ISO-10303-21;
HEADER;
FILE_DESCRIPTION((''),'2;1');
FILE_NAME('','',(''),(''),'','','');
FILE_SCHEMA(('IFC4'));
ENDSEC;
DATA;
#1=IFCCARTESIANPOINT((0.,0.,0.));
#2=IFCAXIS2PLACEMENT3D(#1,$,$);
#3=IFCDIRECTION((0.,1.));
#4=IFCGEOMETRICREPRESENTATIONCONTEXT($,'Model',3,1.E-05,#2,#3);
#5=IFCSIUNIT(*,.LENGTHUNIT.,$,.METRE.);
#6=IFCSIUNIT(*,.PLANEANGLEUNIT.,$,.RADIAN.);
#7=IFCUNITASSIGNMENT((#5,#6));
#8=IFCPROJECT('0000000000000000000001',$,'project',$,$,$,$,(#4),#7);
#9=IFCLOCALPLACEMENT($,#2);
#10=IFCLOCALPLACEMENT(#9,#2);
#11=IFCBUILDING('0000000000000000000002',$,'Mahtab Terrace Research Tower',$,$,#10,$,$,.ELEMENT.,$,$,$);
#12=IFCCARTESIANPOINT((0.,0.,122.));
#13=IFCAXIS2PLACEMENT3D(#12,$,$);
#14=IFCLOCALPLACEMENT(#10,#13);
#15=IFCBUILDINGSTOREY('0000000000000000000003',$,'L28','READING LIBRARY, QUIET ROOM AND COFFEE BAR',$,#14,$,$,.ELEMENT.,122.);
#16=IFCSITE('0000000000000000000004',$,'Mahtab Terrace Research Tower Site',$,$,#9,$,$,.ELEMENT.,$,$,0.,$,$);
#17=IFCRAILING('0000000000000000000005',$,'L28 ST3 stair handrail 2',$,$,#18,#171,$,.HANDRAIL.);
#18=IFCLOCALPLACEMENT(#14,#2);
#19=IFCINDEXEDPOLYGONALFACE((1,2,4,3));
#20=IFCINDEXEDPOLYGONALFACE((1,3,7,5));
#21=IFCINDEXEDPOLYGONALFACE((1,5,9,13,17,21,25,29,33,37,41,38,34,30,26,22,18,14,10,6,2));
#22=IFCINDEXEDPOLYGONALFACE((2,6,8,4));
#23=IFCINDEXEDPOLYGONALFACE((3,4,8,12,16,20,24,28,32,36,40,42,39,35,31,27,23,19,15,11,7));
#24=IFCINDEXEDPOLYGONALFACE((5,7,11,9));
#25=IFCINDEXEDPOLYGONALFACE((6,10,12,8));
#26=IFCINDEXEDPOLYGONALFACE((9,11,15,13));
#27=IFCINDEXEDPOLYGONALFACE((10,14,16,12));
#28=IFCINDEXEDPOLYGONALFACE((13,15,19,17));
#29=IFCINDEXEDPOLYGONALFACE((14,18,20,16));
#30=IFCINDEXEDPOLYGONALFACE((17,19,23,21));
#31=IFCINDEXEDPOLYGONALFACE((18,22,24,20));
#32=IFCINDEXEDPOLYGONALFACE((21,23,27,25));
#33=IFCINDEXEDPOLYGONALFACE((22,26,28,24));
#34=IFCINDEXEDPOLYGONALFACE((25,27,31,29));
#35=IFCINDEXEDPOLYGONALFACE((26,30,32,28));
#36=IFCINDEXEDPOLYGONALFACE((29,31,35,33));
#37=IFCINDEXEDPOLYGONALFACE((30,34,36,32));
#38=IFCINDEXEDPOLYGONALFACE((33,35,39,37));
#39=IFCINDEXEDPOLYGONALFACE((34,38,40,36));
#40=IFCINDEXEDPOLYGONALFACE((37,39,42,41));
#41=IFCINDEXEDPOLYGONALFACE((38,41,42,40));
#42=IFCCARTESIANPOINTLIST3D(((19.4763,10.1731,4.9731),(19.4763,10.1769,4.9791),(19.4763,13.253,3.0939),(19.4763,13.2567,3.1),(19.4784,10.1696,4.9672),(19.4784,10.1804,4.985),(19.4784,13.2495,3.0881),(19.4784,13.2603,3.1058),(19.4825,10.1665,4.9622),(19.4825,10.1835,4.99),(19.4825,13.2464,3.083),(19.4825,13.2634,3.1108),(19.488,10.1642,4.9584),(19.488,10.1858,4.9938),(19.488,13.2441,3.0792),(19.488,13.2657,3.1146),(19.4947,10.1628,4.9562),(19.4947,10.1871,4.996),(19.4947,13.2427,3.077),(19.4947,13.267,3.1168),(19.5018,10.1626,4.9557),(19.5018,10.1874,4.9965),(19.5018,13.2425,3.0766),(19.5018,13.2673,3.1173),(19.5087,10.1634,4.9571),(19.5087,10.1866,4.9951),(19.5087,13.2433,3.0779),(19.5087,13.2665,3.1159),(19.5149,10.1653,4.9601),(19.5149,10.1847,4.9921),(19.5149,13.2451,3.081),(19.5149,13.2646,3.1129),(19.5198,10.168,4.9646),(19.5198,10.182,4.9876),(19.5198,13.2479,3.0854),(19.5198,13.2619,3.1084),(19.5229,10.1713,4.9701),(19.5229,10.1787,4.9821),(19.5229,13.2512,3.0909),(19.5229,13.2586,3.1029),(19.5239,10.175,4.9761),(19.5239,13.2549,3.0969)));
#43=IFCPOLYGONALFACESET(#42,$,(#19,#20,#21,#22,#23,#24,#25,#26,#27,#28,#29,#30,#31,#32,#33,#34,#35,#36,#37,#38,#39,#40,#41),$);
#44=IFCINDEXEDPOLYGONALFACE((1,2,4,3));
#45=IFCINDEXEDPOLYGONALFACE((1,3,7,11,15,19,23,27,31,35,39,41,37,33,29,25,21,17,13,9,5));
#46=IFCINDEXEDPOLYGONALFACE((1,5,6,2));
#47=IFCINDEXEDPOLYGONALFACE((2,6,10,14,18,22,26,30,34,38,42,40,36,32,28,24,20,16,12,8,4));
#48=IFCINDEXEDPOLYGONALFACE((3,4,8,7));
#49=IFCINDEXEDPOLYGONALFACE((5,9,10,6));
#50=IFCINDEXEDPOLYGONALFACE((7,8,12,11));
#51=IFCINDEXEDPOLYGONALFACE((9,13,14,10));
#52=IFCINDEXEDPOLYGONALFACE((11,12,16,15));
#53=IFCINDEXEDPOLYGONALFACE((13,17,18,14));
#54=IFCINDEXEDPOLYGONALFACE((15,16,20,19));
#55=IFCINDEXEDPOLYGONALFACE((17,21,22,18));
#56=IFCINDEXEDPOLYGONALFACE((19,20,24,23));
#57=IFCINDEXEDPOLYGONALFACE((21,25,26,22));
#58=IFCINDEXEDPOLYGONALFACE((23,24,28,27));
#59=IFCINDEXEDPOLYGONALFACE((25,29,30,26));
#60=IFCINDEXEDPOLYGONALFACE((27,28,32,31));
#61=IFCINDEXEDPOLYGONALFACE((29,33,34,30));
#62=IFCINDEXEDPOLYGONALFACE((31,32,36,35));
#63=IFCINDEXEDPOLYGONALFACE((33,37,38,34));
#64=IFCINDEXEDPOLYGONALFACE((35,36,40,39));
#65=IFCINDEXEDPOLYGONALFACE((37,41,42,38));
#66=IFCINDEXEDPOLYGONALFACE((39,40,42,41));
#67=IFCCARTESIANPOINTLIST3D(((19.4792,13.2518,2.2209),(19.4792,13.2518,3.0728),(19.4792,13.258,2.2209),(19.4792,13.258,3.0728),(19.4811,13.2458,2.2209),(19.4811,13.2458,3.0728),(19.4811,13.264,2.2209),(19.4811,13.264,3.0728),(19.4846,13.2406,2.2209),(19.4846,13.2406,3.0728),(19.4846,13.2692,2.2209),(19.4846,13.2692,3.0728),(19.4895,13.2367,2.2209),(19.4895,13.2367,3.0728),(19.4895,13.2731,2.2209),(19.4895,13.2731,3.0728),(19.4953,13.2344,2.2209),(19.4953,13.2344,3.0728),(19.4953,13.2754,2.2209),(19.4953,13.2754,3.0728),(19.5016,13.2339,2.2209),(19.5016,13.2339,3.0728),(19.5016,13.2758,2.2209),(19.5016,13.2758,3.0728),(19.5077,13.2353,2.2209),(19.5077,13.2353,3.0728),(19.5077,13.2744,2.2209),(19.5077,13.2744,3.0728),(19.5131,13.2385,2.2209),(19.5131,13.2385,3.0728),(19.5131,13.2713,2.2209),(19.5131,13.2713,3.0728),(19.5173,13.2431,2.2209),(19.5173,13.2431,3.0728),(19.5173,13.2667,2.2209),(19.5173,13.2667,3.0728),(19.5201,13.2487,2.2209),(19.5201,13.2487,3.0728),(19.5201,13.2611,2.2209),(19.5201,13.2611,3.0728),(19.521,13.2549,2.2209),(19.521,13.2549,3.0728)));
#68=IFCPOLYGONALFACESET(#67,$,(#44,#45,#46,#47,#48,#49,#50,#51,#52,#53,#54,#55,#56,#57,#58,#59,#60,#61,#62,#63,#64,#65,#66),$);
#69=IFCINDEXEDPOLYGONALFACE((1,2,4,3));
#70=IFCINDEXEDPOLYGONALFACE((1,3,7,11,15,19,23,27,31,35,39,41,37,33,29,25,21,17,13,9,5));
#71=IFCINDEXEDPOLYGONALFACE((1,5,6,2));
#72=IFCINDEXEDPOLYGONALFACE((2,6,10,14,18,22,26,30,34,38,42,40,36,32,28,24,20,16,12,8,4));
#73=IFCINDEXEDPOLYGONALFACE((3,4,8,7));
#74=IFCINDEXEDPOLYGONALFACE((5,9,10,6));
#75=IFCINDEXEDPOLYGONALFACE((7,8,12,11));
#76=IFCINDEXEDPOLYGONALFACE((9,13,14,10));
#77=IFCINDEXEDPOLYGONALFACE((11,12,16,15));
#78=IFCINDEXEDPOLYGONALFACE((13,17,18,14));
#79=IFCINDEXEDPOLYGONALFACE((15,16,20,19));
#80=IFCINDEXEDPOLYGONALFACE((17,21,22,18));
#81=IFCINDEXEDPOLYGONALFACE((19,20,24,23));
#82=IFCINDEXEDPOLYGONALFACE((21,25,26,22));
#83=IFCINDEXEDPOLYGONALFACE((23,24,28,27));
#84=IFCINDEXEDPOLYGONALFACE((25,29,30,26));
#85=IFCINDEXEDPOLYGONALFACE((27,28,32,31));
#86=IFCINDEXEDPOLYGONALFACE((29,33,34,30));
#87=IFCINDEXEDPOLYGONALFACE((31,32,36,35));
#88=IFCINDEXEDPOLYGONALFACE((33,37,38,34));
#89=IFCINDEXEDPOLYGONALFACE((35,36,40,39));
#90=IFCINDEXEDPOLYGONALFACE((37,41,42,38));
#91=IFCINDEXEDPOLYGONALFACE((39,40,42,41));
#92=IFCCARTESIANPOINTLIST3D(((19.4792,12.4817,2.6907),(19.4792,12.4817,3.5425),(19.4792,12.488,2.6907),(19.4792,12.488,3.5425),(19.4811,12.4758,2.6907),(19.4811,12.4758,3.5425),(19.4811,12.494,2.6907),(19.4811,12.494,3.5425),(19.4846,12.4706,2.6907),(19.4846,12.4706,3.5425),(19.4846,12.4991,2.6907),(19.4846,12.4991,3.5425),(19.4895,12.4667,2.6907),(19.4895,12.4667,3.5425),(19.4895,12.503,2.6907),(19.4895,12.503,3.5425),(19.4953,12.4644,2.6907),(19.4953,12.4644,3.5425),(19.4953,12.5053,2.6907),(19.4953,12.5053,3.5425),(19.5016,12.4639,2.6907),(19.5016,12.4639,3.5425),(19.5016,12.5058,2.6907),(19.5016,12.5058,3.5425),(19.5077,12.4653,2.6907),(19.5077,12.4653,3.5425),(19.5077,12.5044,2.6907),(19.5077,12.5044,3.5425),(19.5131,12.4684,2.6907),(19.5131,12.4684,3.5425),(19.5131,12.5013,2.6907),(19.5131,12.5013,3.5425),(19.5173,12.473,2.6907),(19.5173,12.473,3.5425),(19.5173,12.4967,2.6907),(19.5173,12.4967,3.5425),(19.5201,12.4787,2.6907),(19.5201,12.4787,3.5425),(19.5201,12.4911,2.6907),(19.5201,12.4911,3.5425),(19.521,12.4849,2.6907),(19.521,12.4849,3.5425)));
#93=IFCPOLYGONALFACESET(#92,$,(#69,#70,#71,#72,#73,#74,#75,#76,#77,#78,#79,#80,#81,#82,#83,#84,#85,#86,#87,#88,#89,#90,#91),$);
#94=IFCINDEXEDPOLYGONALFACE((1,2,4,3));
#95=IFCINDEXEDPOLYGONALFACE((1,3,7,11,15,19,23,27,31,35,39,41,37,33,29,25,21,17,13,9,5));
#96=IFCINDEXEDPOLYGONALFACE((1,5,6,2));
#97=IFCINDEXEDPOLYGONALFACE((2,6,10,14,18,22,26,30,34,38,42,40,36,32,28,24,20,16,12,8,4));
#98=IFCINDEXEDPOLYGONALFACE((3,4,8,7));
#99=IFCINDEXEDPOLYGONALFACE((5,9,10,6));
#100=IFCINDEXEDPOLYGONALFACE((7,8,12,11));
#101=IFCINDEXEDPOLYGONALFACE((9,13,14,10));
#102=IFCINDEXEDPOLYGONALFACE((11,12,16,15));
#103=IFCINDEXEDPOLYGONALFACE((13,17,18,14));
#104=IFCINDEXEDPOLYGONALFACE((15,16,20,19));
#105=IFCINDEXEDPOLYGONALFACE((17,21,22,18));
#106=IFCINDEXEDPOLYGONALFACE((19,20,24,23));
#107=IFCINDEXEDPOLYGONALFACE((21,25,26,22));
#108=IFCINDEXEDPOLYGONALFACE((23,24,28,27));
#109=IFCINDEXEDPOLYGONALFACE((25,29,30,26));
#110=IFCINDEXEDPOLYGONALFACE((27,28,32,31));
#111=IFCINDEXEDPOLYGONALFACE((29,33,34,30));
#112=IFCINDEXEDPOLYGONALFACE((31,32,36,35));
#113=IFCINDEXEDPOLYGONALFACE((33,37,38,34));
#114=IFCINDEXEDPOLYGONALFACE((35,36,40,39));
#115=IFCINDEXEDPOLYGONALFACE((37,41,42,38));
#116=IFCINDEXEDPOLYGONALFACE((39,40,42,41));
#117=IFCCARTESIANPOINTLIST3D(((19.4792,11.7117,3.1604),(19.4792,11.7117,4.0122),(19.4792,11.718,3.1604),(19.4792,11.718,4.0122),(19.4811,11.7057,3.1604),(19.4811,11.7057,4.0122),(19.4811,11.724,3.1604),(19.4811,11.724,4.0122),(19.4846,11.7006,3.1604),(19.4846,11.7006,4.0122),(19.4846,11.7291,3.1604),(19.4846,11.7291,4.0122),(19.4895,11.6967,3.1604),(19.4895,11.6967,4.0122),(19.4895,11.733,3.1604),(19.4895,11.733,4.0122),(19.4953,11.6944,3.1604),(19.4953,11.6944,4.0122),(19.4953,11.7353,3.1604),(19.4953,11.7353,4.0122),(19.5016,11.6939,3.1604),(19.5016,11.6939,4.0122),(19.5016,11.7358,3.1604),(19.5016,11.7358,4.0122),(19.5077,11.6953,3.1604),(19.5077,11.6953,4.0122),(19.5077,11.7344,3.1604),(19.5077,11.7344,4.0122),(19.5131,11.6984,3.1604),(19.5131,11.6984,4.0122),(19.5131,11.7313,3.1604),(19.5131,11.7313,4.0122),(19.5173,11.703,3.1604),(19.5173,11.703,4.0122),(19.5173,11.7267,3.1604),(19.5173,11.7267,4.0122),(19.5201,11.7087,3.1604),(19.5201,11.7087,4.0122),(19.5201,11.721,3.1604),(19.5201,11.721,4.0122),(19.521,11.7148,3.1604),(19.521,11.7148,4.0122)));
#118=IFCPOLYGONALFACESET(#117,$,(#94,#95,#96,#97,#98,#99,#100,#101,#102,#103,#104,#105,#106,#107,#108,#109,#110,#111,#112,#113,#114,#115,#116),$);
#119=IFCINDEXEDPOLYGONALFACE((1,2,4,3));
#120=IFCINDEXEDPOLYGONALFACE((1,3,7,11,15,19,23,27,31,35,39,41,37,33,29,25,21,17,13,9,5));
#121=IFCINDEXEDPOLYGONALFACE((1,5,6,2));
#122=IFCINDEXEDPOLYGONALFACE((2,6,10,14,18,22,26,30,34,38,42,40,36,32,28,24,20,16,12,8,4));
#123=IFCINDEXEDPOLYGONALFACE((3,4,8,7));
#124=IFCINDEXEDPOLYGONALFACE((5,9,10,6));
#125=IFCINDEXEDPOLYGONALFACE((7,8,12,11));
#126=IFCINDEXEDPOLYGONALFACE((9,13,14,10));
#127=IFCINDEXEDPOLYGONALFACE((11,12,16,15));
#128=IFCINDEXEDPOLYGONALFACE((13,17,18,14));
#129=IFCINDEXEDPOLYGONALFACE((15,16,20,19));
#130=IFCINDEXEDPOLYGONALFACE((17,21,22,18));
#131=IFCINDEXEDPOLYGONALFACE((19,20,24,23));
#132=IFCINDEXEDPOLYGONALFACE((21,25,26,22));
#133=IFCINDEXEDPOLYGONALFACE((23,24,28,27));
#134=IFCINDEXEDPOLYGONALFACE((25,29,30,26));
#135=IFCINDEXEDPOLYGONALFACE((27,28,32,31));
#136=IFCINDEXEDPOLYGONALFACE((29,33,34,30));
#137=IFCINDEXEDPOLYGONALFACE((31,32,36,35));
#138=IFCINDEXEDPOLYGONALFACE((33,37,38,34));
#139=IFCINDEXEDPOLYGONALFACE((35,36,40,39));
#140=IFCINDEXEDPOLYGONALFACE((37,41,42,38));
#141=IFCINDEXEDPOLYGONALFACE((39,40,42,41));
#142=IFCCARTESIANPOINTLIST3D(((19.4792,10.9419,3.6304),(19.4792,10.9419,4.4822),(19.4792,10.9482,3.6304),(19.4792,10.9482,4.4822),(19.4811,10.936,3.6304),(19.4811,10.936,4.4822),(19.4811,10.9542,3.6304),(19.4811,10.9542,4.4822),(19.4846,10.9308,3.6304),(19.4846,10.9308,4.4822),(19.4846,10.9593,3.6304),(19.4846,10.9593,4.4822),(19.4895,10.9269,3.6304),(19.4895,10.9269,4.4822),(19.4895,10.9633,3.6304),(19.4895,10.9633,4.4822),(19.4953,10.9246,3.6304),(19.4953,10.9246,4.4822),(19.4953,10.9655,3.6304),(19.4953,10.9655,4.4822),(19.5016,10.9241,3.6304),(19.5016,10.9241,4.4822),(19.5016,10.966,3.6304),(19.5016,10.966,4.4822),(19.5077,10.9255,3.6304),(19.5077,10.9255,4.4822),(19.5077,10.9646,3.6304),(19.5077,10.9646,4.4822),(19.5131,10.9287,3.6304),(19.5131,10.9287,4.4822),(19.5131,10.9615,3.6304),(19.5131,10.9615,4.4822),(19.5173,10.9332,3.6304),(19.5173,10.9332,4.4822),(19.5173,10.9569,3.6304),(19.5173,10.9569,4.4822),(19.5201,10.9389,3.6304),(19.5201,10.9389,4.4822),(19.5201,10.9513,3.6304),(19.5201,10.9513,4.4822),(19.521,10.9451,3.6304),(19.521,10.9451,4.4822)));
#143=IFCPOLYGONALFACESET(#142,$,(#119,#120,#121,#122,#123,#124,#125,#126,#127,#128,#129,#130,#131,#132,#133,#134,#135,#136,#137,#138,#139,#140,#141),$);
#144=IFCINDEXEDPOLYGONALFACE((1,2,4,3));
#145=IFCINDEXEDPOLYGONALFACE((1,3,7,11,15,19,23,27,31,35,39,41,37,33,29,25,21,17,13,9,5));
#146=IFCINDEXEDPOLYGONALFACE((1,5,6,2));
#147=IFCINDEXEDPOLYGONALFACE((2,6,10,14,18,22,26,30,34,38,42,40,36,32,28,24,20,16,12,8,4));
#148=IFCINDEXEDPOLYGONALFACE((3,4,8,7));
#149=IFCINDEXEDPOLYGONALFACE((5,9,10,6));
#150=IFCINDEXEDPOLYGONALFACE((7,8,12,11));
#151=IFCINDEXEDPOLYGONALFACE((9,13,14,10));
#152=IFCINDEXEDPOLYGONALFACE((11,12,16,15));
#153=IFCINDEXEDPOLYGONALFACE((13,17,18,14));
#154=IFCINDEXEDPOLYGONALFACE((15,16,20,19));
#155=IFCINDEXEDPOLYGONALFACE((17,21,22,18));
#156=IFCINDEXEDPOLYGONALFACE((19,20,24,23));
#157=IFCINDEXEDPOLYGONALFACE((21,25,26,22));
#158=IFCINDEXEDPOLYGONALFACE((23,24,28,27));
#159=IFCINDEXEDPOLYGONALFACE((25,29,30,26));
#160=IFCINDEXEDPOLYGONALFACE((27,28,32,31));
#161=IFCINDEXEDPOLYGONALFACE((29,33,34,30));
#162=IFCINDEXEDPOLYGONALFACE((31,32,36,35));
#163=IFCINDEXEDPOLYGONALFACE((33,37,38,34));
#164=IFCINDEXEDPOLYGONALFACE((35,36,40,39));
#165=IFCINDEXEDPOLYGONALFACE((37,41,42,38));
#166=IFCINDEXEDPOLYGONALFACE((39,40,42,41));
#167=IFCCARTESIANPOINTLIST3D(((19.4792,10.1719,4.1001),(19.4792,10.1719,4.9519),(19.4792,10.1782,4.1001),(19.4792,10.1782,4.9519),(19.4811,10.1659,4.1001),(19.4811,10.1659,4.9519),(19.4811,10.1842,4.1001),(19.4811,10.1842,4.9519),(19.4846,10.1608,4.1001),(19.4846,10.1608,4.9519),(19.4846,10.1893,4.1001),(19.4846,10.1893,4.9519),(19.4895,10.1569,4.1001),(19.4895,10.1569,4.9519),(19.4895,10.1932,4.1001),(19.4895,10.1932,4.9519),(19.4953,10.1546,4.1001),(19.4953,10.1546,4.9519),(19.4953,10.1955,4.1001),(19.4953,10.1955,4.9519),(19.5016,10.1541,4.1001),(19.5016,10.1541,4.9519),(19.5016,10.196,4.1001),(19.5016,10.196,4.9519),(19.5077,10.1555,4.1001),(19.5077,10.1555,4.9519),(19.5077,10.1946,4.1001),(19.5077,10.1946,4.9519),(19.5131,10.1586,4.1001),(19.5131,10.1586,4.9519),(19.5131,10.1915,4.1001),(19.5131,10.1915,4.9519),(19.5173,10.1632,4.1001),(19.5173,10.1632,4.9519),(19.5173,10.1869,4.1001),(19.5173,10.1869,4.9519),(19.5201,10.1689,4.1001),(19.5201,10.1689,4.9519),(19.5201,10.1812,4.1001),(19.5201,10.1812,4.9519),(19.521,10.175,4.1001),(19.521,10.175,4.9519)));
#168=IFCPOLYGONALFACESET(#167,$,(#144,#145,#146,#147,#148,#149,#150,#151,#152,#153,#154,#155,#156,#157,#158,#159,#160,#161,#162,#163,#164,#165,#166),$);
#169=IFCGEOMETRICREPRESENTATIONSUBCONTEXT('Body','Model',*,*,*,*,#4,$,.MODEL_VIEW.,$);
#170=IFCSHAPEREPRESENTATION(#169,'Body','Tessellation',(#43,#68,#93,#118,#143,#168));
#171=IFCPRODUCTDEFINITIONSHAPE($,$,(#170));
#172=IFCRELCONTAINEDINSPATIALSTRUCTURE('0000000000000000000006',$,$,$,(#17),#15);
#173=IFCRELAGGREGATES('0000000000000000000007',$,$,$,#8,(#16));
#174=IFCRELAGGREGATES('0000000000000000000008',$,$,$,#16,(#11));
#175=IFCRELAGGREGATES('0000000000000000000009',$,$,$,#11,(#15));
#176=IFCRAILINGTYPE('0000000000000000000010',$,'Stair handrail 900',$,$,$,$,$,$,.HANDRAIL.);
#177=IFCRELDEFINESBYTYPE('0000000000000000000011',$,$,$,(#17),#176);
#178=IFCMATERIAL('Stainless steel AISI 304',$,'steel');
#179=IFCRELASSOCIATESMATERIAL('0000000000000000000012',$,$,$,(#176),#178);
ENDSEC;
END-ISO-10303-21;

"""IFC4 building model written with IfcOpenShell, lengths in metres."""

from ifc_helpers import new_model, si_unit, direction, frame, origin, origin_2d, place, context, subcontext, project, spatial, circle, extrude, material, type_object, element, save


model = new_model("IFC4")

# Units and contexts
model_context = context("Model", 3, precision=1e-05, world=origin(), true_north=direction((0.0, 1.0)))
body_context = subcontext(model_context, "Body", "Model", "MODEL_VIEW")
ifc_project = project(units=[si_unit("LENGTHUNIT", "METRE"), si_unit("PLANEANGLEUNIT", "RADIAN")], contexts=[model_context])

# Site, building, storey
site_placement = place(None, origin())
site = spatial("IfcSite", under=ifc_project, at=site_placement, Name="Mahtab Terrace Research Tower Site", CompositionType="ELEMENT", RefElevation=0.0)
building_placement = place(site_placement, origin())
building = spatial("IfcBuilding", under=site, at=building_placement, Name="Mahtab Terrace Research Tower", CompositionType="ELEMENT")
storey_placement = place(building_placement, frame((0.0, 0.0, 122.0)))
storey = spatial("IfcBuildingStorey", under=building, at=storey_placement, Name="L28", Description="READING LIBRARY, QUIET ROOM AND COFFEE BAR", CompositionType="ELEMENT", Elevation=122.0)

# Railing
ifc_material_1 = material(Name="Stainless steel AISI 304", Category="steel")
railing_type_1 = type_object("IfcRailingType", Name="Stair handrail 900", PredefinedType="HANDRAIL", material=ifc_material_1)
railing_1_placement = place(storey_placement, frame((19.5, 13.2549, 2.2209)))
element("IfcRailing", 1, at=railing_1_placement, inside=storey, type_object=railing_type_1, Name="L28 ST3 stair handrail 2", PredefinedType="HANDRAIL", context=body_context, shape_type="SweptSolid", body=[
    extrude(circle(Radius=0.0239, at=origin_2d()), frame((0.0, 0.0, 0.876), z_axis=(0.0, -0.853648, 0.52085), x_axis=(1.0, 0.0, 0.0)), (0.0, 0.0, 1.0), 3.6079),
    extrude(circle(Radius=0.021, at=origin_2d()), origin(), (0.0, 0.0, 1.0), 0.8518),
    extrude(circle(Radius=0.021, at=origin_2d()), frame((0.0, -0.77, 0.4697)), (0.0, 0.0, 1.0), 0.8518),
    extrude(circle(Radius=0.021, at=origin_2d()), frame((0.0, -1.54, 0.9395)), (0.0, 0.0, 1.0), 0.8518),
    extrude(circle(Radius=0.021, at=origin_2d()), frame((0.0, -2.3098, 1.4094)), (0.0, 0.0, 1.0), 0.8518),
    extrude(circle(Radius=0.021, at=origin_2d()), frame((0.0, -3.0798, 1.8792)), (0.0, 0.0, 1.0), 0.8518),
])

save(model, "model.ifc")
